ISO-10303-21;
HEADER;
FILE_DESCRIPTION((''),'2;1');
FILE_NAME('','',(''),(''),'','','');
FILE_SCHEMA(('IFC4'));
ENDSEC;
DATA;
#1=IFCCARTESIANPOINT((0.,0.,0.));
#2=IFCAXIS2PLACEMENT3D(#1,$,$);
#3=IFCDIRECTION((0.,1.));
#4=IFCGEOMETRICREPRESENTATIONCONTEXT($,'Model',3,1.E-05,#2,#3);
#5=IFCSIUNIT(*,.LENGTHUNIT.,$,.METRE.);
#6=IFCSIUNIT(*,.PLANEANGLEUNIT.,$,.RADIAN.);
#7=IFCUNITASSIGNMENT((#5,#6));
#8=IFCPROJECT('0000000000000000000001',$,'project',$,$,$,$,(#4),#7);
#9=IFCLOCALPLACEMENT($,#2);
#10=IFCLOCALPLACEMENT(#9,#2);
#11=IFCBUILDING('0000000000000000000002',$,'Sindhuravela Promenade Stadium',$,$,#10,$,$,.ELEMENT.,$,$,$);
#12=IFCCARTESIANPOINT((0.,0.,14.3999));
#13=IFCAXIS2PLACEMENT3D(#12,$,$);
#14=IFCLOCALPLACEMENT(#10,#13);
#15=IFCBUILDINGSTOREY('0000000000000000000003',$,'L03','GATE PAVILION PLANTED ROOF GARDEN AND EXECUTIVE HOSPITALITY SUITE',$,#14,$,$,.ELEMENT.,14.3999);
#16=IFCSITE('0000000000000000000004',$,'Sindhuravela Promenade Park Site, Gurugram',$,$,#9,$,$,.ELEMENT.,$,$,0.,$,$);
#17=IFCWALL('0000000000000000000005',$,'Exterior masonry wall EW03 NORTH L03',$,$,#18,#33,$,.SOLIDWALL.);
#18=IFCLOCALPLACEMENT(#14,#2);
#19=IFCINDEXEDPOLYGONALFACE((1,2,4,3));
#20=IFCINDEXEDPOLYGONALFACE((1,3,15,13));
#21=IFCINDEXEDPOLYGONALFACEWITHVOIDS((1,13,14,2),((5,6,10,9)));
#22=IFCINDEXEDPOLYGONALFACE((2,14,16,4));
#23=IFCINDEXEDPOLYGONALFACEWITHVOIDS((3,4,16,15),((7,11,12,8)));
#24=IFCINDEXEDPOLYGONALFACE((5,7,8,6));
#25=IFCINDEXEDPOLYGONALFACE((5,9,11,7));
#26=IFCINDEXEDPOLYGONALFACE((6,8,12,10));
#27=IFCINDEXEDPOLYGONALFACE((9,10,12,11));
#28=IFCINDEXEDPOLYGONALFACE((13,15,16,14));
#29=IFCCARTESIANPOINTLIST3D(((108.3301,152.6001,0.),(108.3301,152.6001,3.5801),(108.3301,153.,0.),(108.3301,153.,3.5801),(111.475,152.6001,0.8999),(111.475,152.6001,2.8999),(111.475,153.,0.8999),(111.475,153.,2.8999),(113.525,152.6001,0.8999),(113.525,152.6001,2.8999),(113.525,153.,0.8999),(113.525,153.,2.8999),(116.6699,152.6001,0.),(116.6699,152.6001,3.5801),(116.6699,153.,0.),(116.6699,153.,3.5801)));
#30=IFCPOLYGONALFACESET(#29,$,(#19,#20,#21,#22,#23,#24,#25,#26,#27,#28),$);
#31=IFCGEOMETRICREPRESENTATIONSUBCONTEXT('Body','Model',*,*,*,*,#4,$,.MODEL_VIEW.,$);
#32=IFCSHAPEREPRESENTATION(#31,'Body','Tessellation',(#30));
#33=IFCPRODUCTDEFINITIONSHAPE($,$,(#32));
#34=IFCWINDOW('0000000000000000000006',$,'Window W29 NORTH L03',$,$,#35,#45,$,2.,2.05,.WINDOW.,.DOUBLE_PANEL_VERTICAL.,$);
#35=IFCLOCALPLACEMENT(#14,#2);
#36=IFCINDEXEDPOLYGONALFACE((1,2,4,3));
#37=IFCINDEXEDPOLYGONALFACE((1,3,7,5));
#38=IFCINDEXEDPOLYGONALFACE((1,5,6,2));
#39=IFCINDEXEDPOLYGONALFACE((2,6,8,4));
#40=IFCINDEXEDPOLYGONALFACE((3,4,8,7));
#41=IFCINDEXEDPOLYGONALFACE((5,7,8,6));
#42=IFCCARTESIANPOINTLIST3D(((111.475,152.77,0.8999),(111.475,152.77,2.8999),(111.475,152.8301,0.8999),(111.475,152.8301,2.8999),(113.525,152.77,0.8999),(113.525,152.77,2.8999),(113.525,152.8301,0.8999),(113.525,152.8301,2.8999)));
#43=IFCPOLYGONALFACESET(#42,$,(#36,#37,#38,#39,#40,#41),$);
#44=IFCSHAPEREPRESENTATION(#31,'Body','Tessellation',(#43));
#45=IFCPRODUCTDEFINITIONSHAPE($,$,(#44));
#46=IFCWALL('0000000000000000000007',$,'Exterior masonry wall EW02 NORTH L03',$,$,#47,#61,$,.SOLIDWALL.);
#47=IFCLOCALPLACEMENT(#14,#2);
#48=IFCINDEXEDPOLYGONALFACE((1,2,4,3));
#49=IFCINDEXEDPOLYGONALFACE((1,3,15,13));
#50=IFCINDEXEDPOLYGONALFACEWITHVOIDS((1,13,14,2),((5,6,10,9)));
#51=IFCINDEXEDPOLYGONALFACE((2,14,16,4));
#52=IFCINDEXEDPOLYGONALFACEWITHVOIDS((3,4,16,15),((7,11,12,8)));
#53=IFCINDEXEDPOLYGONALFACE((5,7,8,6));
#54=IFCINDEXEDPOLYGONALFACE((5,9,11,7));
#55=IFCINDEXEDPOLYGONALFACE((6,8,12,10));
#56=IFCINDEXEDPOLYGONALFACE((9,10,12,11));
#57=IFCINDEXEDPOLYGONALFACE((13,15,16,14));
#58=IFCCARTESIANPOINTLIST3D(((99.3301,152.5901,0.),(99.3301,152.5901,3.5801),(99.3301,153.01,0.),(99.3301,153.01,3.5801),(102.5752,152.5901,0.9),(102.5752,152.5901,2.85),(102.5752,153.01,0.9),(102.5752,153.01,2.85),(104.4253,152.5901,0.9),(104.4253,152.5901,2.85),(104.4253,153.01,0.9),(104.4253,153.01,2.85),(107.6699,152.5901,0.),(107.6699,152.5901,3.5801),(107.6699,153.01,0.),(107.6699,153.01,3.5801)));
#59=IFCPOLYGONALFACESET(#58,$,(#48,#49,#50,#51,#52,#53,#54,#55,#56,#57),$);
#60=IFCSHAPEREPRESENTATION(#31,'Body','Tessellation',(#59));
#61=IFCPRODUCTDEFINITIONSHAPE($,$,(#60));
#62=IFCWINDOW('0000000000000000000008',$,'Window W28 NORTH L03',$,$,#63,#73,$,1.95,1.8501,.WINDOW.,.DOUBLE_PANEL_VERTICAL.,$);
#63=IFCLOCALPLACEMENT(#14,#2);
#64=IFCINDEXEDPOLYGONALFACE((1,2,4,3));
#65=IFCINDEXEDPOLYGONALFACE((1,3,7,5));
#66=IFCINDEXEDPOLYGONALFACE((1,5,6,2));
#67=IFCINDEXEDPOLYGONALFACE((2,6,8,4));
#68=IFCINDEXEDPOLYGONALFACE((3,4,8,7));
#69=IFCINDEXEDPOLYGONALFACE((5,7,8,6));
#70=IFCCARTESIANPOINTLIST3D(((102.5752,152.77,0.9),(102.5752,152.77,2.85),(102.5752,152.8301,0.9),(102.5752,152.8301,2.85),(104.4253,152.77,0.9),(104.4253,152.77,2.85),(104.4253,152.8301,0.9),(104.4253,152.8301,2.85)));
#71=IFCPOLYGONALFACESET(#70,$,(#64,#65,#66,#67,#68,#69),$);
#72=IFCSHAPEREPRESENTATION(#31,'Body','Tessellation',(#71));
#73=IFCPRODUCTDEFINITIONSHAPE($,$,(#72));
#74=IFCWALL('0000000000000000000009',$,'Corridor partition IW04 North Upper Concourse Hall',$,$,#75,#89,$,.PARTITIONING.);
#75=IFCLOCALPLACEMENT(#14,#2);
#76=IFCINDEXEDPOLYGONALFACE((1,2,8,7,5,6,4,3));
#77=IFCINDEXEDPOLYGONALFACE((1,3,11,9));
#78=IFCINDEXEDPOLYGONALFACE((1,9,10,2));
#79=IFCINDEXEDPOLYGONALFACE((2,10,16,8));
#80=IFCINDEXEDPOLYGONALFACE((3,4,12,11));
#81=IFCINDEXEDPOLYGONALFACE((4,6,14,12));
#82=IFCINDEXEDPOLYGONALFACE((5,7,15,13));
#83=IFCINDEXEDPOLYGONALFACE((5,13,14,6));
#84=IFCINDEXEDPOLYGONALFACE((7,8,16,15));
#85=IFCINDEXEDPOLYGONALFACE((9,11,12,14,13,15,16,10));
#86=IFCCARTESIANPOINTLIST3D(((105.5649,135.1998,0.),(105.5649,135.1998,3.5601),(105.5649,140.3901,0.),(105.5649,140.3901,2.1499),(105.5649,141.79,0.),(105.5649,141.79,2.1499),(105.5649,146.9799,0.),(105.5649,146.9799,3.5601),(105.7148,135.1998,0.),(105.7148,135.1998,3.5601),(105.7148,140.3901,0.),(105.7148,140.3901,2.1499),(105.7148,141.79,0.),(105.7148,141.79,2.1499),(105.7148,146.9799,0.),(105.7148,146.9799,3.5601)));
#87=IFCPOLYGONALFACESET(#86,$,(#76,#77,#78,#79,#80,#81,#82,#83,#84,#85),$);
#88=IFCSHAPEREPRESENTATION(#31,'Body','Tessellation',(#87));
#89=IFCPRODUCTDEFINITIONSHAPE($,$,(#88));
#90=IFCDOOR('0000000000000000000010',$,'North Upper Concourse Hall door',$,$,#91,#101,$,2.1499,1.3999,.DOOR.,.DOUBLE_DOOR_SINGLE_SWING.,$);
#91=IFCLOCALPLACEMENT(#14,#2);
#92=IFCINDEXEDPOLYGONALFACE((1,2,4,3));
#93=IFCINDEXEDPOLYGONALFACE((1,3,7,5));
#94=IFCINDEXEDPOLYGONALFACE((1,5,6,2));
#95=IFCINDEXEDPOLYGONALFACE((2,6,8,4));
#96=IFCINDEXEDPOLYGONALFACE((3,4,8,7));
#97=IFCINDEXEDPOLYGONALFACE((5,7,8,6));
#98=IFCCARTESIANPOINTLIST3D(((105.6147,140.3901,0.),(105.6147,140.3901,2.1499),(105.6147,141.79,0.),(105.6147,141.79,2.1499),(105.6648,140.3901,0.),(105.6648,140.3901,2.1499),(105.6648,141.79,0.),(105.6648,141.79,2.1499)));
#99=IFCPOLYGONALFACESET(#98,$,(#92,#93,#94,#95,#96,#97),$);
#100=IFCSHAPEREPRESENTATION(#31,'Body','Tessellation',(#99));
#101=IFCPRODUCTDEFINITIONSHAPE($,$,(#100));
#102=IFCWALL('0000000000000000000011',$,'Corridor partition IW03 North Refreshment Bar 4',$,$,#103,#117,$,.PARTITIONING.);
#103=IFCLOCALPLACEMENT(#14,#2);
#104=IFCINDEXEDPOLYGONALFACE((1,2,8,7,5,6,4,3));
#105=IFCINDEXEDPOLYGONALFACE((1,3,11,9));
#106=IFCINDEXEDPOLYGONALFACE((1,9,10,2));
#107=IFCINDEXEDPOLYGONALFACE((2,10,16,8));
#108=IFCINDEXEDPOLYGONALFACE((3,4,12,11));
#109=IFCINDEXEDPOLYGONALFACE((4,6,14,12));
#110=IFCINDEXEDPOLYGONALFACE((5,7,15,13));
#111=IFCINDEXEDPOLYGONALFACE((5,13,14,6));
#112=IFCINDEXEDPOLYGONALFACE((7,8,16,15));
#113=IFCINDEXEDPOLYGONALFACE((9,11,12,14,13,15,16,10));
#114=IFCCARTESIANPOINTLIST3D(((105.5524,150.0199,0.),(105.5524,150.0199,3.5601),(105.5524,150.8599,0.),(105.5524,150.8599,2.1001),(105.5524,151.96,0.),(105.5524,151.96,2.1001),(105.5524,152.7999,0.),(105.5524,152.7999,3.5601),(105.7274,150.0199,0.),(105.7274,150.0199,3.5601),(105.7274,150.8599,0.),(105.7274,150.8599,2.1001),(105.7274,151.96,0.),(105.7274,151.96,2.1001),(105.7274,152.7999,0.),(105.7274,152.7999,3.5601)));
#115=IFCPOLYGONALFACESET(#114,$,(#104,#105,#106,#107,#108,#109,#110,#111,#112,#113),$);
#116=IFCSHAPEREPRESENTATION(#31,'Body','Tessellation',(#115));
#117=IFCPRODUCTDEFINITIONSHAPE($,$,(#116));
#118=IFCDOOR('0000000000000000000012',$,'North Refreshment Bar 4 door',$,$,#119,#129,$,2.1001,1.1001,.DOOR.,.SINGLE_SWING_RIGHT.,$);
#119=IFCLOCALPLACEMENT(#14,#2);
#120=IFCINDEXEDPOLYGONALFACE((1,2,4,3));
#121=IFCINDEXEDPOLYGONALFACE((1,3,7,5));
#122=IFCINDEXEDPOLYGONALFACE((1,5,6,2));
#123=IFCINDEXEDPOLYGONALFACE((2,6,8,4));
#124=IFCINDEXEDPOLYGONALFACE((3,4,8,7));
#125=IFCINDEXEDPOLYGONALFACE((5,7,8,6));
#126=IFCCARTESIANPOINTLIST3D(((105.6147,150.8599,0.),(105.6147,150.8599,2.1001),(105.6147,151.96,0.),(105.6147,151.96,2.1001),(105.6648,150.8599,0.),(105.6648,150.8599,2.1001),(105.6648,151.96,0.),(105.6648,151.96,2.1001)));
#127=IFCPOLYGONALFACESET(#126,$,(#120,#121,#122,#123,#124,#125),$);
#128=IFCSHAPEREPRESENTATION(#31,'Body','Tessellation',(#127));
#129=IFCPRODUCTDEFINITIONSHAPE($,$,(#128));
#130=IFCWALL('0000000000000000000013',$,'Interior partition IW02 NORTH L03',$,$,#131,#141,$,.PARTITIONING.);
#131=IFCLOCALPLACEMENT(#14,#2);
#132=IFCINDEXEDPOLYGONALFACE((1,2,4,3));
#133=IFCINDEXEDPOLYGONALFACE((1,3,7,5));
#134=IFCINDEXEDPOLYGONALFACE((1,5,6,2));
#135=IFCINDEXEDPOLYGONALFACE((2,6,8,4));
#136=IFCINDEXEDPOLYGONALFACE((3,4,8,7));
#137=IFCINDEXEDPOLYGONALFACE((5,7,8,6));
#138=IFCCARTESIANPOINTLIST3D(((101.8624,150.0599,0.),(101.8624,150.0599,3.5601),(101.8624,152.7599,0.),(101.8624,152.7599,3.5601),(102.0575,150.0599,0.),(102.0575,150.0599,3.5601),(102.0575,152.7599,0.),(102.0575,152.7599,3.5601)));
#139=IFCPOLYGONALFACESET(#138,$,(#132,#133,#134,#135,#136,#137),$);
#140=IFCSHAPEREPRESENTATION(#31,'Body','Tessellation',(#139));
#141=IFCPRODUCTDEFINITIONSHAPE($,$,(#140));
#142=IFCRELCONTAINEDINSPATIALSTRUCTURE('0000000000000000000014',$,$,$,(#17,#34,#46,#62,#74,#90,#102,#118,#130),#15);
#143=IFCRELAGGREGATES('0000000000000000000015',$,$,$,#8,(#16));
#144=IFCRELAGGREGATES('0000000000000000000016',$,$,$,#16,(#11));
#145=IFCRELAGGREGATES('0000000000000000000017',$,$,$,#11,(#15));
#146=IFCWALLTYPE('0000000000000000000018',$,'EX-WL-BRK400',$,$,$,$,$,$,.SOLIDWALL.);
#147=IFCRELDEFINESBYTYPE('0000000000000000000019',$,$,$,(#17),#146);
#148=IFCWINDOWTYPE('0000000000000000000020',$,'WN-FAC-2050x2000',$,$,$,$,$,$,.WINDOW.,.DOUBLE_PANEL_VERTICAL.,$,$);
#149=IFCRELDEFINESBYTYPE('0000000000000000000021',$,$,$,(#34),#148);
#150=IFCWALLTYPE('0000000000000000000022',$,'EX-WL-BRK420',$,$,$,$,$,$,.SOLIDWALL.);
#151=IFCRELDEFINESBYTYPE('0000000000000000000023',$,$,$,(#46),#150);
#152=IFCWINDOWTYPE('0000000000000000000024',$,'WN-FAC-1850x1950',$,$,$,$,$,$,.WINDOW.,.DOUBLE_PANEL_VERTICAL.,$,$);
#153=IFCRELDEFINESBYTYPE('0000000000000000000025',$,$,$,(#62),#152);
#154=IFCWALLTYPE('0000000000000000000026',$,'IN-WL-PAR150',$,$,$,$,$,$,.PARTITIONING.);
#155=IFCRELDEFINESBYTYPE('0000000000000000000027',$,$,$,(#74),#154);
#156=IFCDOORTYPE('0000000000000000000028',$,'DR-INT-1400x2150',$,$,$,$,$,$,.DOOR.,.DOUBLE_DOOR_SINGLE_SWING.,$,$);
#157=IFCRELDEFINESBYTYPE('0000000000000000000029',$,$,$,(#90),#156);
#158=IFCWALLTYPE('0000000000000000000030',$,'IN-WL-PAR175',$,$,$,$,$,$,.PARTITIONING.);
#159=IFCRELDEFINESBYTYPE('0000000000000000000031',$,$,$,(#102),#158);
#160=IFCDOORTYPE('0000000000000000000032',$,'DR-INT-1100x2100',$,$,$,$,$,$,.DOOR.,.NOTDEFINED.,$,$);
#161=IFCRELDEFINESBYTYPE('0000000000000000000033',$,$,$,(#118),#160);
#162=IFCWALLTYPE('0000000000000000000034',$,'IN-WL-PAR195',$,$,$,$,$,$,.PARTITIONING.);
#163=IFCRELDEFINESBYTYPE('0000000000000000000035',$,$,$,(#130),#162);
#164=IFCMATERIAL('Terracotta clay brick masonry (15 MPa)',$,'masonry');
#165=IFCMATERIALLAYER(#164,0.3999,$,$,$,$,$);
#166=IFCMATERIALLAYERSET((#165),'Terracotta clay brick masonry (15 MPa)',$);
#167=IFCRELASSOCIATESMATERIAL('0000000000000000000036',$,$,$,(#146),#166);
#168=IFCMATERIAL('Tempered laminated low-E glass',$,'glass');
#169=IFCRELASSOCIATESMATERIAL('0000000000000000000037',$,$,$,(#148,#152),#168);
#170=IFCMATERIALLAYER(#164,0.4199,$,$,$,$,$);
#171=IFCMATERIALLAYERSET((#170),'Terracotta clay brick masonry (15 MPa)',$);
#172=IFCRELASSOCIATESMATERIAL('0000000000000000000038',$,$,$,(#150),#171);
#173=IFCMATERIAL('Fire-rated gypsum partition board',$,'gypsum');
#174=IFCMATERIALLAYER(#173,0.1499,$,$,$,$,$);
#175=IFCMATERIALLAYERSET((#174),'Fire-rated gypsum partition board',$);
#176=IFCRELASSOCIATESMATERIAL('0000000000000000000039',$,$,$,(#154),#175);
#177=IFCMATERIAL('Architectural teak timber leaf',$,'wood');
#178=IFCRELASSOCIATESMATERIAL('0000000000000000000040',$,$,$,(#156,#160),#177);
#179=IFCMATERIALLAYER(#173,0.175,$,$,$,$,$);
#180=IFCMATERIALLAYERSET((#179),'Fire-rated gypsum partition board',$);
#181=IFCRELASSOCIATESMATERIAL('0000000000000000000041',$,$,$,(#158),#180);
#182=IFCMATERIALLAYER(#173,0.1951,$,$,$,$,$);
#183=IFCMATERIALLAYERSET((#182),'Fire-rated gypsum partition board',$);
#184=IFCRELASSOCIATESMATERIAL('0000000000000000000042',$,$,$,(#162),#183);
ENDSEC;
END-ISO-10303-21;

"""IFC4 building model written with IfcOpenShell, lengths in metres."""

from ifc_helpers import new_model, si_unit, direction, frame, frame_2d, origin, place, context, subcontext, project, spatial, rectangle, extrude, material, layer, layer_set, type_object, element, fill, save


model = new_model("IFC4")

# Units and contexts
model_context = context("Model", 3, precision=1e-05, world=origin(), true_north=direction((0.0, 1.0)))
body_context = subcontext(model_context, "Body", "Model", "MODEL_VIEW")
ifc_project = project(units=[si_unit("LENGTHUNIT", "METRE"), si_unit("PLANEANGLEUNIT", "RADIAN")], contexts=[model_context])

# Site, building, storey
site_placement = place(None, origin())
site = spatial("IfcSite", under=ifc_project, at=site_placement, Name="Sindhuravela Promenade Park Site, Gurugram", CompositionType="ELEMENT", RefElevation=0.0)
building_placement = place(site_placement, origin())
building = spatial("IfcBuilding", under=site, at=building_placement, Name="Sindhuravela Promenade Stadium", CompositionType="ELEMENT")
storey_placement = place(building_placement, frame((0.0, 0.0, 14.3999)))
storey = spatial("IfcBuildingStorey", under=building, at=storey_placement, Name="L03", Description="GATE PAVILION PLANTED ROOF GARDEN AND EXECUTIVE HOSPITALITY SUITE", CompositionType="ELEMENT", Elevation=14.3999)

# Walls, openings, windows
ifc_material_1 = material(Name="Terracotta clay brick masonry (15 MPa)", Category="masonry")
ifc_layer_1 = layer(ifc_material_1, 0.3999)
ifc_layer_set_1 = layer_set([ifc_layer_1], Name="Terracotta clay brick masonry (15 MPa)")
wall_type_1 = type_object("IfcWallType", Name="EX-WL-BRK400", PredefinedType="SOLIDWALL", material=ifc_layer_set_1)
wall_1_placement = place(storey_placement, frame((108.3301, 152.8, 0.0), z_axis=(0.0, 0.0, 1.0), x_axis=(1.0, 0.0, 0.0)))
wall_1 = element("IfcWall", 1, at=wall_1_placement, inside=storey, type_object=wall_type_1, Name="Exterior masonry wall EW03 NORTH L03", PredefinedType="SOLIDWALL", context=body_context, shape_type="SweptSolid", body=[
    extrude(rectangle(XDim=8.3398, YDim=0.3999, at=frame_2d((4.1699, 0.0))), origin(), (0.0, 0.0, 1.0), 3.5801),
])
opening_1_placement = place(wall_1_placement, frame((3.145, 0.0, 0.8999)))
opening_1 = element("IfcOpeningElement", 2, at=opening_1_placement, cuts=wall_1, PredefinedType="OPENING", context=body_context, shape_type="SweptSolid", body=[
    extrude(rectangle(XDim=2.05, YDim=2.0, at=frame_2d((1.0249, 1.0))), frame((0.0, 0.21, 0.0), z_axis=(0.0, -1.0, 0.0), x_axis=(1.0, 0.0, 0.0)), (0.0, 0.0, 1.0), 0.4199),
])
ifc_material_2 = material(Name="Tempered laminated low-E glass", Category="glass")
window_type_1 = type_object("IfcWindowType", Name="WN-FAC-2050x2000", PartitioningType="DOUBLE_PANEL_VERTICAL", PredefinedType="WINDOW", material=ifc_material_2)
window_1_placement = place(opening_1_placement, origin())
window_1 = element("IfcWindow", 3, at=window_1_placement, inside=storey, type_object=window_type_1, Name="Window W29 NORTH L03", OverallHeight=2.0, OverallWidth=2.05, PartitioningType="DOUBLE_PANEL_VERTICAL", PredefinedType="WINDOW", context=body_context, shape_type="SweptSolid", body=[
    extrude(rectangle(XDim=2.05, YDim=2.0, at=frame_2d((1.0249, 1.0))), frame((0.0, 0.03, 0.0), z_axis=(0.0, -1.0, 0.0), x_axis=(1.0, 0.0, 0.0)), (0.0, 0.0, 1.0), 0.0601),
])
fill(opening_1, window_1)
ifc_layer_2 = layer(ifc_material_1, 0.4199)
ifc_layer_set_2 = layer_set([ifc_layer_2], Name="Terracotta clay brick masonry (15 MPa)")
wall_type_2 = type_object("IfcWallType", Name="EX-WL-BRK420", PredefinedType="SOLIDWALL", material=ifc_layer_set_2)
wall_2_placement = place(storey_placement, frame((99.3301, 152.8, 0.0), z_axis=(0.0, 0.0, 1.0), x_axis=(1.0, 0.0, 0.0)))
wall_2 = element("IfcWall", 4, at=wall_2_placement, inside=storey, type_object=wall_type_2, Name="Exterior masonry wall EW02 NORTH L03", PredefinedType="SOLIDWALL", context=body_context, shape_type="SweptSolid", body=[
    extrude(rectangle(XDim=8.3398, YDim=0.4199, at=frame_2d((4.1699, 0.0))), origin(), (0.0, 0.0, 1.0), 3.5801),
])
opening_2_placement = place(wall_2_placement, frame((3.2451, 0.0, 0.8999)))
opening_2 = element("IfcOpeningElement", 5, at=opening_2_placement, cuts=wall_2, PredefinedType="OPENING", context=body_context, shape_type="SweptSolid", body=[
    extrude(rectangle(XDim=1.8501, YDim=1.95, at=frame_2d((0.925, 0.9751))), frame((0.0, 0.22, 0.0), z_axis=(0.0, -1.0, 0.0), x_axis=(1.0, 0.0, 0.0)), (0.0, 0.0, 1.0), 0.4399),
])
window_type_2 = type_object("IfcWindowType", Name="WN-FAC-1850x1950", PartitioningType="DOUBLE_PANEL_VERTICAL", PredefinedType="WINDOW", material=ifc_material_2)
window_2_placement = place(opening_2_placement, origin())
window_2 = element("IfcWindow", 6, at=window_2_placement, inside=storey, type_object=window_type_2, Name="Window W28 NORTH L03", OverallHeight=1.95, OverallWidth=1.8501, PartitioningType="DOUBLE_PANEL_VERTICAL", PredefinedType="WINDOW", context=body_context, shape_type="SweptSolid", body=[
    extrude(rectangle(XDim=1.8501, YDim=1.95, at=frame_2d((0.925, 0.9751))), frame((0.0, 0.03, 0.0), z_axis=(0.0, -1.0, 0.0), x_axis=(1.0, 0.0, 0.0)), (0.0, 0.0, 1.0), 0.0601),
])
fill(opening_2, window_2)

# Shared definitions
ifc_material_3 = material(Name="Fire-rated gypsum partition board", Category="gypsum")

# Walls, openings, doors
ifc_layer_3 = layer(ifc_material_3, 0.1499)
ifc_layer_set_3 = layer_set([ifc_layer_3], Name="Fire-rated gypsum partition board")
wall_type_3 = type_object("IfcWallType", Name="IN-WL-PAR150", PredefinedType="PARTITIONING", material=ifc_layer_set_3)
wall_3_placement = place(storey_placement, frame((105.6399, 146.98, 0.0), z_axis=(0.0, 0.0, 1.0), x_axis=(0.0, -1.0, 0.0)))
wall_3 = element("IfcWall", 7, at=wall_3_placement, inside=storey, type_object=wall_type_3, Name="Corridor partition IW04 North Upper Concourse Hall", PredefinedType="PARTITIONING", context=body_context, shape_type="SweptSolid", body=[
    extrude(rectangle(XDim=11.78, YDim=0.1499, at=frame_2d((5.8901, 0.0))), origin(), (0.0, 0.0, 1.0), 3.5601),
])
opening_3_placement = place(wall_3_placement, frame((5.1899, 0.0, 0.0)))
opening_3 = element("IfcOpeningElement", 8, at=opening_3_placement, cuts=wall_3, PredefinedType="OPENING", context=body_context, shape_type="SweptSolid", body=[
    extrude(rectangle(XDim=1.3999, YDim=2.1499, at=frame_2d((0.7, 1.075))), frame((0.0, 0.085, 0.0), z_axis=(0.0, -1.0, 0.0), x_axis=(1.0, 0.0, 0.0)), (0.0, 0.0, 1.0), 0.1699),
])
ifc_material_4 = material(Name="Architectural teak timber leaf", Category="wood")
door_type_1 = type_object("IfcDoorType", Name="DR-INT-1400x2150", OperationType="DOUBLE_DOOR_SINGLE_SWING", PredefinedType="DOOR", material=ifc_material_4)
door_1_placement = place(opening_3_placement, origin())
door_1 = element("IfcDoor", 9, at=door_1_placement, inside=storey, type_object=door_type_1, Name="North Upper Concourse Hall door", OperationType="DOUBLE_DOOR_SINGLE_SWING", OverallHeight=2.1499, OverallWidth=1.3999, PredefinedType="DOOR", context=body_context, shape_type="SweptSolid", body=[
    extrude(rectangle(XDim=1.3999, YDim=2.1499, at=frame_2d((0.7, 1.075))), frame((0.0, 0.0249, 0.0), z_axis=(0.0, -1.0, 0.0), x_axis=(1.0, 0.0, 0.0)), (0.0, 0.0, 1.0), 0.05),
])
fill(opening_3, door_1)
ifc_layer_4 = layer(ifc_material_3, 0.175)
ifc_layer_set_4 = layer_set([ifc_layer_4], Name="Fire-rated gypsum partition board")
wall_type_4 = type_object("IfcWallType", Name="IN-WL-PAR175", PredefinedType="PARTITIONING", material=ifc_layer_set_4)
wall_4_placement = place(storey_placement, frame((105.6399, 152.8, 0.0), z_axis=(0.0, 0.0, 1.0), x_axis=(0.0, -1.0, 0.0)))
wall_4 = element("IfcWall", 10, at=wall_4_placement, inside=storey, type_object=wall_type_4, Name="Corridor partition IW03 North Refreshment Bar 4", PredefinedType="PARTITIONING", context=body_context, shape_type="SweptSolid", body=[
    extrude(rectangle(XDim=2.78, YDim=0.175, at=frame_2d((1.3901, 0.0))), origin(), (0.0, 0.0, 1.0), 3.5601),
])
opening_4_placement = place(wall_4_placement, frame((0.8401, 0.0, 0.0)))
opening_4 = element("IfcOpeningElement", 11, at=opening_4_placement, cuts=wall_4, PredefinedType="OPENING", context=body_context, shape_type="SweptSolid", body=[
    extrude(rectangle(XDim=1.1001, YDim=2.1001, at=frame_2d((0.55, 1.05))), frame((0.0, 0.0974, 0.0), z_axis=(0.0, -1.0, 0.0), x_axis=(1.0, 0.0, 0.0)), (0.0, 0.0, 1.0), 0.1951),
])
door_type_2 = type_object("IfcDoorType", Name="DR-INT-1100x2100", OperationType="NOTDEFINED", PredefinedType="DOOR", material=ifc_material_4)
door_2_placement = place(opening_4_placement, origin())
door_2 = element("IfcDoor", 12, at=door_2_placement, inside=storey, type_object=door_type_2, Name="North Refreshment Bar 4 door", OperationType="SINGLE_SWING_RIGHT", OverallHeight=2.1001, OverallWidth=1.1001, PredefinedType="DOOR", context=body_context, shape_type="SweptSolid", body=[
    extrude(rectangle(XDim=1.1001, YDim=2.1001, at=frame_2d((0.55, 1.05))), frame((0.0, 0.0249, 0.0), z_axis=(0.0, -1.0, 0.0), x_axis=(1.0, 0.0, 0.0)), (0.0, 0.0, 1.0), 0.05),
])
fill(opening_4, door_2)

# Wall
ifc_layer_5 = layer(ifc_material_3, 0.1951)
ifc_layer_set_5 = layer_set([ifc_layer_5], Name="Fire-rated gypsum partition board")
wall_type_5 = type_object("IfcWallType", Name="IN-WL-PAR195", PredefinedType="PARTITIONING", material=ifc_layer_set_5)
wall_5_placement = place(storey_placement, frame((101.96, 152.76, 0.0), z_axis=(0.0, 0.0, 1.0), x_axis=(0.0, -1.0, 0.0)))
element("IfcWall", 13, at=wall_5_placement, inside=storey, type_object=wall_type_5, Name="Interior partition IW02 NORTH L03", PredefinedType="PARTITIONING", context=body_context, shape_type="SweptSolid", body=[
    extrude(rectangle(XDim=2.7, YDim=0.1951, at=frame_2d((1.3501, 0.0))), origin(), (0.0, 0.0, 1.0), 3.5601),
])

save(model, "model.ifc")
